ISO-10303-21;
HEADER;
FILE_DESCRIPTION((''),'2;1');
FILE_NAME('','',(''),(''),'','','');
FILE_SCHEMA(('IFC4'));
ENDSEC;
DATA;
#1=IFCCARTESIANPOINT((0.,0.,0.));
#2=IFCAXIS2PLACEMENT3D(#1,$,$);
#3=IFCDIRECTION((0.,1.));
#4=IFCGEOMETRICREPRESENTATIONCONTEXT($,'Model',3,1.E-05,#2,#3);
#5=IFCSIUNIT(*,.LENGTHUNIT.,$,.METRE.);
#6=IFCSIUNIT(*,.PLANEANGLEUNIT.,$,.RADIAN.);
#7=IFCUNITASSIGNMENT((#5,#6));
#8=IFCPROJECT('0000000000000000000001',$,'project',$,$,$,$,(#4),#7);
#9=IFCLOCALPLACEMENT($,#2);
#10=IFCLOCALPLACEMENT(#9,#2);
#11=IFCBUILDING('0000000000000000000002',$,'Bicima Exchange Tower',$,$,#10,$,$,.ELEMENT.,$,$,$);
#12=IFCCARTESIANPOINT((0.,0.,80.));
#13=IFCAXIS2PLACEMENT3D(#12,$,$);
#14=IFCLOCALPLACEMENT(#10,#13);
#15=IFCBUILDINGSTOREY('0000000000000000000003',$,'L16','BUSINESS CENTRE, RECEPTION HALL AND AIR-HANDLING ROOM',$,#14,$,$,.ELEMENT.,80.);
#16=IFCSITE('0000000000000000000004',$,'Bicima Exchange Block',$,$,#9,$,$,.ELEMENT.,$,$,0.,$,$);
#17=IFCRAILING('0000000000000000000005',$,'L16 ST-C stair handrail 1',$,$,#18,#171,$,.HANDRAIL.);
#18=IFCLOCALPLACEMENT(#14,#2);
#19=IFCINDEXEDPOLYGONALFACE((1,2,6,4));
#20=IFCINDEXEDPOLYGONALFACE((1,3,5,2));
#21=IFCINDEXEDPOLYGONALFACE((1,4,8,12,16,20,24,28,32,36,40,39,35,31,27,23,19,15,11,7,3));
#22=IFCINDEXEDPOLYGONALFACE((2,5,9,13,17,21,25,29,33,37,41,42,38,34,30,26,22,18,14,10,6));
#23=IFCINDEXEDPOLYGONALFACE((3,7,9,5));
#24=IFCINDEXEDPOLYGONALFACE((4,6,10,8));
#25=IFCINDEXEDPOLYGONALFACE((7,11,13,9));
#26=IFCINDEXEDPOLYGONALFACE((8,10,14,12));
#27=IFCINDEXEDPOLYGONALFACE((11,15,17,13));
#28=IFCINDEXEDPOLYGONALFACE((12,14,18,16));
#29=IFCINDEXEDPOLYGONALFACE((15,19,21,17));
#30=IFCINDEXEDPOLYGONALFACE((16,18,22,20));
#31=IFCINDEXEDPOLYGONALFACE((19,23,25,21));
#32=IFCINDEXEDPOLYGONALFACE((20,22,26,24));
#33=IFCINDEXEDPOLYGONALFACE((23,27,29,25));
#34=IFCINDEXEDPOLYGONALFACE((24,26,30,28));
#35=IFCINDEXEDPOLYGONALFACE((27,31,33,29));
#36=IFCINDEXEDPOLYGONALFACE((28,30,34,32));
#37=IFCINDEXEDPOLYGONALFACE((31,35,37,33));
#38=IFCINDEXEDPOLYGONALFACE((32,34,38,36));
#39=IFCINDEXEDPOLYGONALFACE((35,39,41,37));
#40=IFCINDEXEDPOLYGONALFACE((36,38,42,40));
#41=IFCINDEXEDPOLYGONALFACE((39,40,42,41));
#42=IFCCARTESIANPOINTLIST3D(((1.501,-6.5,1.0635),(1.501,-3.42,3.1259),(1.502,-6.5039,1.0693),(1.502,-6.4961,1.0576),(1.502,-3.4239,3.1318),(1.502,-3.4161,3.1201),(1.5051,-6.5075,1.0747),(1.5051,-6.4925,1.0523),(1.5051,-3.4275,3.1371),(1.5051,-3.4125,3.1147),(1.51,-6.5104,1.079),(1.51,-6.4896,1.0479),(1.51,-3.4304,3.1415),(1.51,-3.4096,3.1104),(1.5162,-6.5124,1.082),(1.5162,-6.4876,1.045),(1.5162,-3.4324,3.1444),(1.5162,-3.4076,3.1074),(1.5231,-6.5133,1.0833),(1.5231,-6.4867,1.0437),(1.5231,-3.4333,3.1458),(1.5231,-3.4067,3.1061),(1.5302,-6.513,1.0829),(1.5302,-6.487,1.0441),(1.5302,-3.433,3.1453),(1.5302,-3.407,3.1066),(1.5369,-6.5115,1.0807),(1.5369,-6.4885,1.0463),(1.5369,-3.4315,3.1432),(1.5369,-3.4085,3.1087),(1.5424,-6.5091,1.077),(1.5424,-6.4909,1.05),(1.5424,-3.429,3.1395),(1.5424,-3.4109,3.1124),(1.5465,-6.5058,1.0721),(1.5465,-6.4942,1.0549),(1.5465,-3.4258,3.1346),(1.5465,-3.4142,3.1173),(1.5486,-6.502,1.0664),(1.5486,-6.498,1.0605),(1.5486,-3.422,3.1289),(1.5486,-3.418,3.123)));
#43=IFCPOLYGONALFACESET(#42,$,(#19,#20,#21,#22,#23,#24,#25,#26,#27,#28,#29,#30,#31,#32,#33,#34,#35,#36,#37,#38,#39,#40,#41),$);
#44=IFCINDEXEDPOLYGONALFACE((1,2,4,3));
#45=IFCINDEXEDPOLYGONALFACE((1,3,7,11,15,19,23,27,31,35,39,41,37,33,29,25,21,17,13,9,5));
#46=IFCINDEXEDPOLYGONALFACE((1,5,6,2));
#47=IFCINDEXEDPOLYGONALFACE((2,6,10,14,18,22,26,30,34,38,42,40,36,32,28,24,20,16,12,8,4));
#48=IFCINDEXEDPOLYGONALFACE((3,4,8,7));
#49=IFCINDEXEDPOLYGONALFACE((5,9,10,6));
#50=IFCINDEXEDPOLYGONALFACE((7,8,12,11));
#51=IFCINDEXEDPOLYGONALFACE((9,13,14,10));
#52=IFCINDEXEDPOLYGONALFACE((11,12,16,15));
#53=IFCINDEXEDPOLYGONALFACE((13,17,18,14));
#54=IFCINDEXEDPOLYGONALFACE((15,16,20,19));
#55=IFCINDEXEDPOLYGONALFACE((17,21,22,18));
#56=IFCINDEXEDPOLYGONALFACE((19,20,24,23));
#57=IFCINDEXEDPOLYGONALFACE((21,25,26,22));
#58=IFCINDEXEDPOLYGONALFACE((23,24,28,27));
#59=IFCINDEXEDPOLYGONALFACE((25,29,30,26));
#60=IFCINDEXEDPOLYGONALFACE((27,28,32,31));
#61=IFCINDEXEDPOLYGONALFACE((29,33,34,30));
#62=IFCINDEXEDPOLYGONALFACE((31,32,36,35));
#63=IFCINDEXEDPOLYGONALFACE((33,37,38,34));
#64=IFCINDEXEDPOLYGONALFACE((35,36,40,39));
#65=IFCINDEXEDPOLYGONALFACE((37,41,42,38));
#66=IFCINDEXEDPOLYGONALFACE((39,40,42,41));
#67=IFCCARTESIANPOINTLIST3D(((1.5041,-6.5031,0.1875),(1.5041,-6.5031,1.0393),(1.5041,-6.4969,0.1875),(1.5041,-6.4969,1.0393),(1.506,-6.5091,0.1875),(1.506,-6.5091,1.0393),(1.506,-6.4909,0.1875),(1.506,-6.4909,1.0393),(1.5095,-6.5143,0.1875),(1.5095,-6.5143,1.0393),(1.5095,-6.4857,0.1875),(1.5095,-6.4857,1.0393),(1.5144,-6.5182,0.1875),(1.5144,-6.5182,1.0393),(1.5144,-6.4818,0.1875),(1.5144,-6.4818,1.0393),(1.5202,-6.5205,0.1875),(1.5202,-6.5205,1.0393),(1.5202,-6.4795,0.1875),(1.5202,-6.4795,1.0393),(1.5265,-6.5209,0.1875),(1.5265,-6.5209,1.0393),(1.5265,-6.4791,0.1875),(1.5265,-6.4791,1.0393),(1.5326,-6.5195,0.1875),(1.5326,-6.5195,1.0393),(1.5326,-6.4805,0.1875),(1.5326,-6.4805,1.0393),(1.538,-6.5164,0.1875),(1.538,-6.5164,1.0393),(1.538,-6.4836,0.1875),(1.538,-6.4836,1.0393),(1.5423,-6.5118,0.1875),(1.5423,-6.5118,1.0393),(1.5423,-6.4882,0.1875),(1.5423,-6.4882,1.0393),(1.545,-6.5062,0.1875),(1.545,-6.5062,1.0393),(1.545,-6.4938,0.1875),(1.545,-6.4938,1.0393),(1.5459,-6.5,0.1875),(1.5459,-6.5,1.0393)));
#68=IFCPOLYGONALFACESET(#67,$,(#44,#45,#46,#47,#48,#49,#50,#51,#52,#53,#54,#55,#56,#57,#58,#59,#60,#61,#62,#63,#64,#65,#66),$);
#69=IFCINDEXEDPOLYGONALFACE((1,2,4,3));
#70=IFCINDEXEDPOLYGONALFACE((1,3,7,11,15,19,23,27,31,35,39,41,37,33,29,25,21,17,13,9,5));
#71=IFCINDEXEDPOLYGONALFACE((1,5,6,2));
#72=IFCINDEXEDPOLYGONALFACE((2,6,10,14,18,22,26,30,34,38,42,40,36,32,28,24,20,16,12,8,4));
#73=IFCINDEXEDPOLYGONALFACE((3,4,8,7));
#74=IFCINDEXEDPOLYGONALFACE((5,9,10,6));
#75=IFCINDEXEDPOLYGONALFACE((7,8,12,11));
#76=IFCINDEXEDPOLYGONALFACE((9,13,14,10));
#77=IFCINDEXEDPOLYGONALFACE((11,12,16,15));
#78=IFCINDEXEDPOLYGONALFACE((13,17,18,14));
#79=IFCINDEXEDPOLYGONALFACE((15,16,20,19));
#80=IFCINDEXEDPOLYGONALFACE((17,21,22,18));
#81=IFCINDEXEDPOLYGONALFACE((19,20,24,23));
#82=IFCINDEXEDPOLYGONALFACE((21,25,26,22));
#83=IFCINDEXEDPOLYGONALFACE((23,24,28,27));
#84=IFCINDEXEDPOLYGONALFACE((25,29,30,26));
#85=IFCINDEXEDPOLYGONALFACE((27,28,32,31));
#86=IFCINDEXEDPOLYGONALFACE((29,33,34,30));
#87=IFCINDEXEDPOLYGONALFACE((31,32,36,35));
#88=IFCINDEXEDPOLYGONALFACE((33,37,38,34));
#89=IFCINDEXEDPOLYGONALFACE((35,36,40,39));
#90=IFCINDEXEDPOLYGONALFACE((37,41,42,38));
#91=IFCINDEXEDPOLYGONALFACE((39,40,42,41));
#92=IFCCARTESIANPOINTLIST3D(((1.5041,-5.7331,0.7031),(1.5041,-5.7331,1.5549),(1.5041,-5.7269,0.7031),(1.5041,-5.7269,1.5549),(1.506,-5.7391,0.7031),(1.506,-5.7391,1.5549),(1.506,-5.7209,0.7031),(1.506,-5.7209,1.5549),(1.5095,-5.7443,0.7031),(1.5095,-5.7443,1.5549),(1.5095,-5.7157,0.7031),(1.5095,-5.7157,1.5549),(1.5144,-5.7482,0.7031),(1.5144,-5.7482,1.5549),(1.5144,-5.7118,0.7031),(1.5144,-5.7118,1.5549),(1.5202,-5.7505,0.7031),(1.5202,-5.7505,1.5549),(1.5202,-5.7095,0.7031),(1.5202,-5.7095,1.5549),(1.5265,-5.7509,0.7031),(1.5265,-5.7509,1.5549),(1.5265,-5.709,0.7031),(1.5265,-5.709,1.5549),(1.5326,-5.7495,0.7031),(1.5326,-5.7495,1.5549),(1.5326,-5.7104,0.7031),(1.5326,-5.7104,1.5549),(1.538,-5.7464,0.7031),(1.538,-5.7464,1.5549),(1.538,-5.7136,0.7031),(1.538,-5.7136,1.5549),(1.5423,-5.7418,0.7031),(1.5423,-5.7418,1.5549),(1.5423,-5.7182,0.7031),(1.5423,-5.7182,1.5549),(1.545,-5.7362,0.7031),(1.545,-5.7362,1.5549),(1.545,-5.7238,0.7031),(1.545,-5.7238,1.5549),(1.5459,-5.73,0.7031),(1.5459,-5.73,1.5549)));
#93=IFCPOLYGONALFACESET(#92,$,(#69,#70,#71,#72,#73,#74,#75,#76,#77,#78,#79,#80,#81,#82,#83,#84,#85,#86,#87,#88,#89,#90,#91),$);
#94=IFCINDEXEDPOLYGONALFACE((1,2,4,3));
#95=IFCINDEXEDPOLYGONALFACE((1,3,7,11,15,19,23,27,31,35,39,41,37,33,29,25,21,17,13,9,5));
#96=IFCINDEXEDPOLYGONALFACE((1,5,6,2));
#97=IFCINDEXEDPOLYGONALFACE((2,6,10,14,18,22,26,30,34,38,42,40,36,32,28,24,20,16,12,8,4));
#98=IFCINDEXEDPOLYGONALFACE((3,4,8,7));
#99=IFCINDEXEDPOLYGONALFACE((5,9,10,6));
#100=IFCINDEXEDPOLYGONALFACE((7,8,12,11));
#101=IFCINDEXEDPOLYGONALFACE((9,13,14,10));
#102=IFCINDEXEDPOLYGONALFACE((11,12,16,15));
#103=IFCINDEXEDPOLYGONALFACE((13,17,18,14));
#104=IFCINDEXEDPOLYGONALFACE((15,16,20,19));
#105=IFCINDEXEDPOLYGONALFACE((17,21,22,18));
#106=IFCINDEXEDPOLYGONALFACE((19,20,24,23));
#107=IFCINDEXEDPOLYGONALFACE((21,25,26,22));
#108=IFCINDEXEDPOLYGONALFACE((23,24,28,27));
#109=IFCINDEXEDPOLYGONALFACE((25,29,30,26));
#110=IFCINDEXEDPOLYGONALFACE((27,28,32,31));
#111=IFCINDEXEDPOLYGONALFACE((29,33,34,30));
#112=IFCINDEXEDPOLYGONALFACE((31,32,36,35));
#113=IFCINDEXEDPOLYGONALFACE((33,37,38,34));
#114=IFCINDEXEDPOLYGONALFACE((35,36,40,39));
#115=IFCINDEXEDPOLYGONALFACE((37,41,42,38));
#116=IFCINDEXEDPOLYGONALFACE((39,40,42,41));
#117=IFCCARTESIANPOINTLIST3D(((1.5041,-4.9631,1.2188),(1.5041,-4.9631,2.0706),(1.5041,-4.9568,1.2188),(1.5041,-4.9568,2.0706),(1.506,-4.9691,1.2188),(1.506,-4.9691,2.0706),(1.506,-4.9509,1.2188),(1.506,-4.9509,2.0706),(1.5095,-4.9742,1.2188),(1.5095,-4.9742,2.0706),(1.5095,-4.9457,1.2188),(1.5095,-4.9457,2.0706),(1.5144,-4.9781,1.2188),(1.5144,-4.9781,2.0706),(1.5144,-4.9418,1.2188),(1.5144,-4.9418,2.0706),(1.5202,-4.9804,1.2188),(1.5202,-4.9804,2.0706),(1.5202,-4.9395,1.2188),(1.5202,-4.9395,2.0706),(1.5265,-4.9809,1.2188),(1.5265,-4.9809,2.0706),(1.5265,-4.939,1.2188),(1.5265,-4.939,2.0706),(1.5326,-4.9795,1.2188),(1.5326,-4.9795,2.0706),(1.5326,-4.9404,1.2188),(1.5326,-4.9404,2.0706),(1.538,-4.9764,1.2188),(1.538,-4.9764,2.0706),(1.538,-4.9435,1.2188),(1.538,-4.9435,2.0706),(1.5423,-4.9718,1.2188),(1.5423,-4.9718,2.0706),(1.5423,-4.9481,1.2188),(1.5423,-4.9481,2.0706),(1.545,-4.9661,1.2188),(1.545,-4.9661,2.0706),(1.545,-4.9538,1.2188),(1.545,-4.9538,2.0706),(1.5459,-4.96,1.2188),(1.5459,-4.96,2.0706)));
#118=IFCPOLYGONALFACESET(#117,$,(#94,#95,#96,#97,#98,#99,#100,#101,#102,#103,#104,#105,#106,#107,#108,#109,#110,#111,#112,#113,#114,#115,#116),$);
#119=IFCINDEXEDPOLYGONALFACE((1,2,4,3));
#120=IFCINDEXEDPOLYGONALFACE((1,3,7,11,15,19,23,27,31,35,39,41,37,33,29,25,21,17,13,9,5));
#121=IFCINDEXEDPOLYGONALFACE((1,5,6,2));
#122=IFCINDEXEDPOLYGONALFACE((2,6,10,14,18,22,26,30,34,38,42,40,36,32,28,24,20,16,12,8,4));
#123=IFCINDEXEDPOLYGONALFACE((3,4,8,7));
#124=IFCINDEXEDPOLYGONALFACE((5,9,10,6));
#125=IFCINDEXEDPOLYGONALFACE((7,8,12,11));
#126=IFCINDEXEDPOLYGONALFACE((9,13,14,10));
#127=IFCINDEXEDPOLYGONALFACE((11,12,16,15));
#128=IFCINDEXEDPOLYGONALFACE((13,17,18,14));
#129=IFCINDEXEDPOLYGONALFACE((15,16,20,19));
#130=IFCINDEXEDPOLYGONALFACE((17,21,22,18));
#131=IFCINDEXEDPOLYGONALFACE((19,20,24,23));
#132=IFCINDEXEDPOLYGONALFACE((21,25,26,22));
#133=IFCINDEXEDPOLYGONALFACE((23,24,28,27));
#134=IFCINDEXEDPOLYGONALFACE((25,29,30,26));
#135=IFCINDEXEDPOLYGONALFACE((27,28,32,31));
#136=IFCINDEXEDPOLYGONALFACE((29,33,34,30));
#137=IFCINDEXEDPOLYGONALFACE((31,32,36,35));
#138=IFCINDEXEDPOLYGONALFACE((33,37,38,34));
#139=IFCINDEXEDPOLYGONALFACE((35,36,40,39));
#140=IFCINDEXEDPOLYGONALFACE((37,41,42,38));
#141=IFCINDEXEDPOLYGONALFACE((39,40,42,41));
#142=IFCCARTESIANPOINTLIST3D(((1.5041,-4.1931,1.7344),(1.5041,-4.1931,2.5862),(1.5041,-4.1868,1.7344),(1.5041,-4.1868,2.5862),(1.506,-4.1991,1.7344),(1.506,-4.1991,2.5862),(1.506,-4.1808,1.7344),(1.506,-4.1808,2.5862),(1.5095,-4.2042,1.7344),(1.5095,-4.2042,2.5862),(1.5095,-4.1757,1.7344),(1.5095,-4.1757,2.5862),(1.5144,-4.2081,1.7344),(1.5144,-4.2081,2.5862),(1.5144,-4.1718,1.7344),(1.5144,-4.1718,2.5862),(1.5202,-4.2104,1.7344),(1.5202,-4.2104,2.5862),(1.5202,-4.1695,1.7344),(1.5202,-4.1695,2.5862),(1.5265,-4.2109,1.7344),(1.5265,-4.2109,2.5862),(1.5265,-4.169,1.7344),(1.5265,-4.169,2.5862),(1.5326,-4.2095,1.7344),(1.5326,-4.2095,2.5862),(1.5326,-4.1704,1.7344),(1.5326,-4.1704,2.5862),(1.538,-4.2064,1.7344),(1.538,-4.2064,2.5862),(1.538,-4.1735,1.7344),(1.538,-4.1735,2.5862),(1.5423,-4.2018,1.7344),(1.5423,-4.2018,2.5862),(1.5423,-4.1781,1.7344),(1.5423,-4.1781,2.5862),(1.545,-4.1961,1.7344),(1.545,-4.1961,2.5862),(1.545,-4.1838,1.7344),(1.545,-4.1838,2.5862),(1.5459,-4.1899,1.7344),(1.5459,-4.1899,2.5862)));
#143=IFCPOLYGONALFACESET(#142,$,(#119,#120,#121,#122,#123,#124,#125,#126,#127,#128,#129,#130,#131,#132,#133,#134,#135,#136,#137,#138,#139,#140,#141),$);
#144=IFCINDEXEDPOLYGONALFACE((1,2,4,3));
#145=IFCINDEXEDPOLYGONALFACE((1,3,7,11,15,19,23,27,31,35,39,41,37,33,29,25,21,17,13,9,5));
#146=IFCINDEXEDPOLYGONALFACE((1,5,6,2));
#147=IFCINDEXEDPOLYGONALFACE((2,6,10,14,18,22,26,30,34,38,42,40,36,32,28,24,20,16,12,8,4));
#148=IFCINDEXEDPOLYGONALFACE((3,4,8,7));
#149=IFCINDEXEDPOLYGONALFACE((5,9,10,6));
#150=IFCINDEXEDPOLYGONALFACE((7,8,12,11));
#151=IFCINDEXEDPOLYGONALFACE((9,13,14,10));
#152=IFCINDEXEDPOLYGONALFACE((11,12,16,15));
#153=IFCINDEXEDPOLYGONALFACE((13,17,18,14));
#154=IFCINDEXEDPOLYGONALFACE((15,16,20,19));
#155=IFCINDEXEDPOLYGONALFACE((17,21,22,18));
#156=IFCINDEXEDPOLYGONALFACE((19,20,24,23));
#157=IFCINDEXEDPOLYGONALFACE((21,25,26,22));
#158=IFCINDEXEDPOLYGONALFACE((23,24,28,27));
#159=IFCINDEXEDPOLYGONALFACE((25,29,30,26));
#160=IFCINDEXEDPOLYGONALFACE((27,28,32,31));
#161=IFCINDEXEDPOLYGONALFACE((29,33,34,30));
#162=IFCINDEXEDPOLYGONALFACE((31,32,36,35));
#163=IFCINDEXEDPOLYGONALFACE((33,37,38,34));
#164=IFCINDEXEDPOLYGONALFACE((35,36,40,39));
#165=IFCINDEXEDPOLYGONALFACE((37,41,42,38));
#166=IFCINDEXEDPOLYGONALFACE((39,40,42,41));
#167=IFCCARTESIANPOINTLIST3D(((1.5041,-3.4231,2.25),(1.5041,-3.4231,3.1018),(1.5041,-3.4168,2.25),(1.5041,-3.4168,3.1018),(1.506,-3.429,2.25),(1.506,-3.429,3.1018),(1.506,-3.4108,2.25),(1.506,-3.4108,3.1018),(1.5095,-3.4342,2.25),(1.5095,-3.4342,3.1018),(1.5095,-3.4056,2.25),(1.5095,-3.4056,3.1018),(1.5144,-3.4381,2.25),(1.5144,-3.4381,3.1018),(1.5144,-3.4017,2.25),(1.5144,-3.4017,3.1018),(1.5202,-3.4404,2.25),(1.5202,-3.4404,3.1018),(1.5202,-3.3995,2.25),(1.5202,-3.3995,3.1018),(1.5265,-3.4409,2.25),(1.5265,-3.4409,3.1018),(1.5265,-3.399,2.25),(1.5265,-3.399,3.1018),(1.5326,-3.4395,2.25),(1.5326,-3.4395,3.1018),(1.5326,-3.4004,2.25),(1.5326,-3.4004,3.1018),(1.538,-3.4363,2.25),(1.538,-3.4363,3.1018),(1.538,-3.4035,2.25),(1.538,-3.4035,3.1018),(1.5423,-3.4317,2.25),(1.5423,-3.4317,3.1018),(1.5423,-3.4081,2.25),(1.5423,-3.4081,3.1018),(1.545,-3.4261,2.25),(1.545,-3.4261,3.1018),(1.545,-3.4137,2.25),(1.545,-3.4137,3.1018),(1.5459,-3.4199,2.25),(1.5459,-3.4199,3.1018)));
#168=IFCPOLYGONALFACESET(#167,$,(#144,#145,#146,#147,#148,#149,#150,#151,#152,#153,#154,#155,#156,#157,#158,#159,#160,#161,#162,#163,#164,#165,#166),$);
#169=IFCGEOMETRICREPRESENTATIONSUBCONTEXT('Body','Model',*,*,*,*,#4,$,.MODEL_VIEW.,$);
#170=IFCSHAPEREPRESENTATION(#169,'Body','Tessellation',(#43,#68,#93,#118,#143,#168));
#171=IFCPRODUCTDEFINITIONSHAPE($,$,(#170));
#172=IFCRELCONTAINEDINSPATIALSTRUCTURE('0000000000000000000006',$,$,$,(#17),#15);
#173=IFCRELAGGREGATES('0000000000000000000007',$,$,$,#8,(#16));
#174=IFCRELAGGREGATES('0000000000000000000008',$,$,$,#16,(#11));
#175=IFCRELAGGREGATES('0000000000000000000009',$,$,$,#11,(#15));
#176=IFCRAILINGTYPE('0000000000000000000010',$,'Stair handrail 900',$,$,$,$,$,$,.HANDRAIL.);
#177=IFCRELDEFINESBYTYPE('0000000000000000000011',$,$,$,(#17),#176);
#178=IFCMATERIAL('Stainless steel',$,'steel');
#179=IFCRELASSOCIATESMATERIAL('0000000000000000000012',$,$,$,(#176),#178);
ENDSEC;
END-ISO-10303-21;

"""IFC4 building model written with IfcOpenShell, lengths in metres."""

from ifc_helpers import new_model, si_unit, direction, frame, origin, origin_2d, place, context, subcontext, project, spatial, circle, extrude, material, type_object, element, save


model = new_model("IFC4")

# Units and contexts
model_context = context("Model", 3, precision=1e-05, world=origin(), true_north=direction((0.0, 1.0)))
body_context = subcontext(model_context, "Body", "Model", "MODEL_VIEW")
ifc_project = project(units=[si_unit("LENGTHUNIT", "METRE"), si_unit("PLANEANGLEUNIT", "RADIAN")], contexts=[model_context])

# Site, building, storey
site_placement = place(None, origin())
site = spatial("IfcSite", under=ifc_project, at=site_placement, Name="Bicima Exchange Block", CompositionType="ELEMENT", RefElevation=0.0)
building_placement = place(site_placement, origin())
building = spatial("IfcBuilding", under=site, at=building_placement, Name="Bicima Exchange Tower", CompositionType="ELEMENT")
storey_placement = place(building_placement, frame((0.0, 0.0, 80.0)))
storey = spatial("IfcBuildingStorey", under=building, at=storey_placement, Name="L16", Description="BUSINESS CENTRE, RECEPTION HALL AND AIR-HANDLING ROOM", CompositionType="ELEMENT", Elevation=80.0)

# Shared definitions
ifc_material_1 = material(Name="Stainless steel", Category="steel")

# Railing
railing_type_1 = type_object("IfcRailingType", Name="Stair handrail 900", PredefinedType="HANDRAIL", material=ifc_material_1)
railing_1_placement = place(storey_placement, frame((1.5249, -6.5, 0.1875)))
element("IfcRailing", 1, at=railing_1_placement, inside=storey, type_object=railing_type_1, Name="L16 ST-C stair handrail 1", PredefinedType="HANDRAIL", context=body_context, shape_type="SweptSolid", body=[
    extrude(circle(Radius=0.0239, at=origin_2d()), frame((0.0, 0.0, 0.876), z_axis=(0.0, 0.830914, 0.556401), x_axis=(-1.0, 0.0, 0.0)), (0.0, 0.0, 1.0), 3.7068),
    extrude(circle(Radius=0.021, at=origin_2d()), origin(), (0.0, 0.0, 1.0), 0.8518),
    extrude(circle(Radius=0.021, at=origin_2d()), frame((0.0, 0.77, 0.5156)), (0.0, 0.0, 1.0), 0.8518),
    extrude(circle(Radius=0.021, at=origin_2d()), frame((0.0, 1.54, 1.0312)), (0.0, 0.0, 1.0), 0.8518),
    extrude(circle(Radius=0.021, at=origin_2d()), frame((0.0, 2.3101, 1.5469)), (0.0, 0.0, 1.0), 0.8518),
    extrude(circle(Radius=0.021, at=origin_2d()), frame((0.0, 3.0801, 2.0625)), (0.0, 0.0, 1.0), 0.8518),
])

save(model, "model.ifc")
